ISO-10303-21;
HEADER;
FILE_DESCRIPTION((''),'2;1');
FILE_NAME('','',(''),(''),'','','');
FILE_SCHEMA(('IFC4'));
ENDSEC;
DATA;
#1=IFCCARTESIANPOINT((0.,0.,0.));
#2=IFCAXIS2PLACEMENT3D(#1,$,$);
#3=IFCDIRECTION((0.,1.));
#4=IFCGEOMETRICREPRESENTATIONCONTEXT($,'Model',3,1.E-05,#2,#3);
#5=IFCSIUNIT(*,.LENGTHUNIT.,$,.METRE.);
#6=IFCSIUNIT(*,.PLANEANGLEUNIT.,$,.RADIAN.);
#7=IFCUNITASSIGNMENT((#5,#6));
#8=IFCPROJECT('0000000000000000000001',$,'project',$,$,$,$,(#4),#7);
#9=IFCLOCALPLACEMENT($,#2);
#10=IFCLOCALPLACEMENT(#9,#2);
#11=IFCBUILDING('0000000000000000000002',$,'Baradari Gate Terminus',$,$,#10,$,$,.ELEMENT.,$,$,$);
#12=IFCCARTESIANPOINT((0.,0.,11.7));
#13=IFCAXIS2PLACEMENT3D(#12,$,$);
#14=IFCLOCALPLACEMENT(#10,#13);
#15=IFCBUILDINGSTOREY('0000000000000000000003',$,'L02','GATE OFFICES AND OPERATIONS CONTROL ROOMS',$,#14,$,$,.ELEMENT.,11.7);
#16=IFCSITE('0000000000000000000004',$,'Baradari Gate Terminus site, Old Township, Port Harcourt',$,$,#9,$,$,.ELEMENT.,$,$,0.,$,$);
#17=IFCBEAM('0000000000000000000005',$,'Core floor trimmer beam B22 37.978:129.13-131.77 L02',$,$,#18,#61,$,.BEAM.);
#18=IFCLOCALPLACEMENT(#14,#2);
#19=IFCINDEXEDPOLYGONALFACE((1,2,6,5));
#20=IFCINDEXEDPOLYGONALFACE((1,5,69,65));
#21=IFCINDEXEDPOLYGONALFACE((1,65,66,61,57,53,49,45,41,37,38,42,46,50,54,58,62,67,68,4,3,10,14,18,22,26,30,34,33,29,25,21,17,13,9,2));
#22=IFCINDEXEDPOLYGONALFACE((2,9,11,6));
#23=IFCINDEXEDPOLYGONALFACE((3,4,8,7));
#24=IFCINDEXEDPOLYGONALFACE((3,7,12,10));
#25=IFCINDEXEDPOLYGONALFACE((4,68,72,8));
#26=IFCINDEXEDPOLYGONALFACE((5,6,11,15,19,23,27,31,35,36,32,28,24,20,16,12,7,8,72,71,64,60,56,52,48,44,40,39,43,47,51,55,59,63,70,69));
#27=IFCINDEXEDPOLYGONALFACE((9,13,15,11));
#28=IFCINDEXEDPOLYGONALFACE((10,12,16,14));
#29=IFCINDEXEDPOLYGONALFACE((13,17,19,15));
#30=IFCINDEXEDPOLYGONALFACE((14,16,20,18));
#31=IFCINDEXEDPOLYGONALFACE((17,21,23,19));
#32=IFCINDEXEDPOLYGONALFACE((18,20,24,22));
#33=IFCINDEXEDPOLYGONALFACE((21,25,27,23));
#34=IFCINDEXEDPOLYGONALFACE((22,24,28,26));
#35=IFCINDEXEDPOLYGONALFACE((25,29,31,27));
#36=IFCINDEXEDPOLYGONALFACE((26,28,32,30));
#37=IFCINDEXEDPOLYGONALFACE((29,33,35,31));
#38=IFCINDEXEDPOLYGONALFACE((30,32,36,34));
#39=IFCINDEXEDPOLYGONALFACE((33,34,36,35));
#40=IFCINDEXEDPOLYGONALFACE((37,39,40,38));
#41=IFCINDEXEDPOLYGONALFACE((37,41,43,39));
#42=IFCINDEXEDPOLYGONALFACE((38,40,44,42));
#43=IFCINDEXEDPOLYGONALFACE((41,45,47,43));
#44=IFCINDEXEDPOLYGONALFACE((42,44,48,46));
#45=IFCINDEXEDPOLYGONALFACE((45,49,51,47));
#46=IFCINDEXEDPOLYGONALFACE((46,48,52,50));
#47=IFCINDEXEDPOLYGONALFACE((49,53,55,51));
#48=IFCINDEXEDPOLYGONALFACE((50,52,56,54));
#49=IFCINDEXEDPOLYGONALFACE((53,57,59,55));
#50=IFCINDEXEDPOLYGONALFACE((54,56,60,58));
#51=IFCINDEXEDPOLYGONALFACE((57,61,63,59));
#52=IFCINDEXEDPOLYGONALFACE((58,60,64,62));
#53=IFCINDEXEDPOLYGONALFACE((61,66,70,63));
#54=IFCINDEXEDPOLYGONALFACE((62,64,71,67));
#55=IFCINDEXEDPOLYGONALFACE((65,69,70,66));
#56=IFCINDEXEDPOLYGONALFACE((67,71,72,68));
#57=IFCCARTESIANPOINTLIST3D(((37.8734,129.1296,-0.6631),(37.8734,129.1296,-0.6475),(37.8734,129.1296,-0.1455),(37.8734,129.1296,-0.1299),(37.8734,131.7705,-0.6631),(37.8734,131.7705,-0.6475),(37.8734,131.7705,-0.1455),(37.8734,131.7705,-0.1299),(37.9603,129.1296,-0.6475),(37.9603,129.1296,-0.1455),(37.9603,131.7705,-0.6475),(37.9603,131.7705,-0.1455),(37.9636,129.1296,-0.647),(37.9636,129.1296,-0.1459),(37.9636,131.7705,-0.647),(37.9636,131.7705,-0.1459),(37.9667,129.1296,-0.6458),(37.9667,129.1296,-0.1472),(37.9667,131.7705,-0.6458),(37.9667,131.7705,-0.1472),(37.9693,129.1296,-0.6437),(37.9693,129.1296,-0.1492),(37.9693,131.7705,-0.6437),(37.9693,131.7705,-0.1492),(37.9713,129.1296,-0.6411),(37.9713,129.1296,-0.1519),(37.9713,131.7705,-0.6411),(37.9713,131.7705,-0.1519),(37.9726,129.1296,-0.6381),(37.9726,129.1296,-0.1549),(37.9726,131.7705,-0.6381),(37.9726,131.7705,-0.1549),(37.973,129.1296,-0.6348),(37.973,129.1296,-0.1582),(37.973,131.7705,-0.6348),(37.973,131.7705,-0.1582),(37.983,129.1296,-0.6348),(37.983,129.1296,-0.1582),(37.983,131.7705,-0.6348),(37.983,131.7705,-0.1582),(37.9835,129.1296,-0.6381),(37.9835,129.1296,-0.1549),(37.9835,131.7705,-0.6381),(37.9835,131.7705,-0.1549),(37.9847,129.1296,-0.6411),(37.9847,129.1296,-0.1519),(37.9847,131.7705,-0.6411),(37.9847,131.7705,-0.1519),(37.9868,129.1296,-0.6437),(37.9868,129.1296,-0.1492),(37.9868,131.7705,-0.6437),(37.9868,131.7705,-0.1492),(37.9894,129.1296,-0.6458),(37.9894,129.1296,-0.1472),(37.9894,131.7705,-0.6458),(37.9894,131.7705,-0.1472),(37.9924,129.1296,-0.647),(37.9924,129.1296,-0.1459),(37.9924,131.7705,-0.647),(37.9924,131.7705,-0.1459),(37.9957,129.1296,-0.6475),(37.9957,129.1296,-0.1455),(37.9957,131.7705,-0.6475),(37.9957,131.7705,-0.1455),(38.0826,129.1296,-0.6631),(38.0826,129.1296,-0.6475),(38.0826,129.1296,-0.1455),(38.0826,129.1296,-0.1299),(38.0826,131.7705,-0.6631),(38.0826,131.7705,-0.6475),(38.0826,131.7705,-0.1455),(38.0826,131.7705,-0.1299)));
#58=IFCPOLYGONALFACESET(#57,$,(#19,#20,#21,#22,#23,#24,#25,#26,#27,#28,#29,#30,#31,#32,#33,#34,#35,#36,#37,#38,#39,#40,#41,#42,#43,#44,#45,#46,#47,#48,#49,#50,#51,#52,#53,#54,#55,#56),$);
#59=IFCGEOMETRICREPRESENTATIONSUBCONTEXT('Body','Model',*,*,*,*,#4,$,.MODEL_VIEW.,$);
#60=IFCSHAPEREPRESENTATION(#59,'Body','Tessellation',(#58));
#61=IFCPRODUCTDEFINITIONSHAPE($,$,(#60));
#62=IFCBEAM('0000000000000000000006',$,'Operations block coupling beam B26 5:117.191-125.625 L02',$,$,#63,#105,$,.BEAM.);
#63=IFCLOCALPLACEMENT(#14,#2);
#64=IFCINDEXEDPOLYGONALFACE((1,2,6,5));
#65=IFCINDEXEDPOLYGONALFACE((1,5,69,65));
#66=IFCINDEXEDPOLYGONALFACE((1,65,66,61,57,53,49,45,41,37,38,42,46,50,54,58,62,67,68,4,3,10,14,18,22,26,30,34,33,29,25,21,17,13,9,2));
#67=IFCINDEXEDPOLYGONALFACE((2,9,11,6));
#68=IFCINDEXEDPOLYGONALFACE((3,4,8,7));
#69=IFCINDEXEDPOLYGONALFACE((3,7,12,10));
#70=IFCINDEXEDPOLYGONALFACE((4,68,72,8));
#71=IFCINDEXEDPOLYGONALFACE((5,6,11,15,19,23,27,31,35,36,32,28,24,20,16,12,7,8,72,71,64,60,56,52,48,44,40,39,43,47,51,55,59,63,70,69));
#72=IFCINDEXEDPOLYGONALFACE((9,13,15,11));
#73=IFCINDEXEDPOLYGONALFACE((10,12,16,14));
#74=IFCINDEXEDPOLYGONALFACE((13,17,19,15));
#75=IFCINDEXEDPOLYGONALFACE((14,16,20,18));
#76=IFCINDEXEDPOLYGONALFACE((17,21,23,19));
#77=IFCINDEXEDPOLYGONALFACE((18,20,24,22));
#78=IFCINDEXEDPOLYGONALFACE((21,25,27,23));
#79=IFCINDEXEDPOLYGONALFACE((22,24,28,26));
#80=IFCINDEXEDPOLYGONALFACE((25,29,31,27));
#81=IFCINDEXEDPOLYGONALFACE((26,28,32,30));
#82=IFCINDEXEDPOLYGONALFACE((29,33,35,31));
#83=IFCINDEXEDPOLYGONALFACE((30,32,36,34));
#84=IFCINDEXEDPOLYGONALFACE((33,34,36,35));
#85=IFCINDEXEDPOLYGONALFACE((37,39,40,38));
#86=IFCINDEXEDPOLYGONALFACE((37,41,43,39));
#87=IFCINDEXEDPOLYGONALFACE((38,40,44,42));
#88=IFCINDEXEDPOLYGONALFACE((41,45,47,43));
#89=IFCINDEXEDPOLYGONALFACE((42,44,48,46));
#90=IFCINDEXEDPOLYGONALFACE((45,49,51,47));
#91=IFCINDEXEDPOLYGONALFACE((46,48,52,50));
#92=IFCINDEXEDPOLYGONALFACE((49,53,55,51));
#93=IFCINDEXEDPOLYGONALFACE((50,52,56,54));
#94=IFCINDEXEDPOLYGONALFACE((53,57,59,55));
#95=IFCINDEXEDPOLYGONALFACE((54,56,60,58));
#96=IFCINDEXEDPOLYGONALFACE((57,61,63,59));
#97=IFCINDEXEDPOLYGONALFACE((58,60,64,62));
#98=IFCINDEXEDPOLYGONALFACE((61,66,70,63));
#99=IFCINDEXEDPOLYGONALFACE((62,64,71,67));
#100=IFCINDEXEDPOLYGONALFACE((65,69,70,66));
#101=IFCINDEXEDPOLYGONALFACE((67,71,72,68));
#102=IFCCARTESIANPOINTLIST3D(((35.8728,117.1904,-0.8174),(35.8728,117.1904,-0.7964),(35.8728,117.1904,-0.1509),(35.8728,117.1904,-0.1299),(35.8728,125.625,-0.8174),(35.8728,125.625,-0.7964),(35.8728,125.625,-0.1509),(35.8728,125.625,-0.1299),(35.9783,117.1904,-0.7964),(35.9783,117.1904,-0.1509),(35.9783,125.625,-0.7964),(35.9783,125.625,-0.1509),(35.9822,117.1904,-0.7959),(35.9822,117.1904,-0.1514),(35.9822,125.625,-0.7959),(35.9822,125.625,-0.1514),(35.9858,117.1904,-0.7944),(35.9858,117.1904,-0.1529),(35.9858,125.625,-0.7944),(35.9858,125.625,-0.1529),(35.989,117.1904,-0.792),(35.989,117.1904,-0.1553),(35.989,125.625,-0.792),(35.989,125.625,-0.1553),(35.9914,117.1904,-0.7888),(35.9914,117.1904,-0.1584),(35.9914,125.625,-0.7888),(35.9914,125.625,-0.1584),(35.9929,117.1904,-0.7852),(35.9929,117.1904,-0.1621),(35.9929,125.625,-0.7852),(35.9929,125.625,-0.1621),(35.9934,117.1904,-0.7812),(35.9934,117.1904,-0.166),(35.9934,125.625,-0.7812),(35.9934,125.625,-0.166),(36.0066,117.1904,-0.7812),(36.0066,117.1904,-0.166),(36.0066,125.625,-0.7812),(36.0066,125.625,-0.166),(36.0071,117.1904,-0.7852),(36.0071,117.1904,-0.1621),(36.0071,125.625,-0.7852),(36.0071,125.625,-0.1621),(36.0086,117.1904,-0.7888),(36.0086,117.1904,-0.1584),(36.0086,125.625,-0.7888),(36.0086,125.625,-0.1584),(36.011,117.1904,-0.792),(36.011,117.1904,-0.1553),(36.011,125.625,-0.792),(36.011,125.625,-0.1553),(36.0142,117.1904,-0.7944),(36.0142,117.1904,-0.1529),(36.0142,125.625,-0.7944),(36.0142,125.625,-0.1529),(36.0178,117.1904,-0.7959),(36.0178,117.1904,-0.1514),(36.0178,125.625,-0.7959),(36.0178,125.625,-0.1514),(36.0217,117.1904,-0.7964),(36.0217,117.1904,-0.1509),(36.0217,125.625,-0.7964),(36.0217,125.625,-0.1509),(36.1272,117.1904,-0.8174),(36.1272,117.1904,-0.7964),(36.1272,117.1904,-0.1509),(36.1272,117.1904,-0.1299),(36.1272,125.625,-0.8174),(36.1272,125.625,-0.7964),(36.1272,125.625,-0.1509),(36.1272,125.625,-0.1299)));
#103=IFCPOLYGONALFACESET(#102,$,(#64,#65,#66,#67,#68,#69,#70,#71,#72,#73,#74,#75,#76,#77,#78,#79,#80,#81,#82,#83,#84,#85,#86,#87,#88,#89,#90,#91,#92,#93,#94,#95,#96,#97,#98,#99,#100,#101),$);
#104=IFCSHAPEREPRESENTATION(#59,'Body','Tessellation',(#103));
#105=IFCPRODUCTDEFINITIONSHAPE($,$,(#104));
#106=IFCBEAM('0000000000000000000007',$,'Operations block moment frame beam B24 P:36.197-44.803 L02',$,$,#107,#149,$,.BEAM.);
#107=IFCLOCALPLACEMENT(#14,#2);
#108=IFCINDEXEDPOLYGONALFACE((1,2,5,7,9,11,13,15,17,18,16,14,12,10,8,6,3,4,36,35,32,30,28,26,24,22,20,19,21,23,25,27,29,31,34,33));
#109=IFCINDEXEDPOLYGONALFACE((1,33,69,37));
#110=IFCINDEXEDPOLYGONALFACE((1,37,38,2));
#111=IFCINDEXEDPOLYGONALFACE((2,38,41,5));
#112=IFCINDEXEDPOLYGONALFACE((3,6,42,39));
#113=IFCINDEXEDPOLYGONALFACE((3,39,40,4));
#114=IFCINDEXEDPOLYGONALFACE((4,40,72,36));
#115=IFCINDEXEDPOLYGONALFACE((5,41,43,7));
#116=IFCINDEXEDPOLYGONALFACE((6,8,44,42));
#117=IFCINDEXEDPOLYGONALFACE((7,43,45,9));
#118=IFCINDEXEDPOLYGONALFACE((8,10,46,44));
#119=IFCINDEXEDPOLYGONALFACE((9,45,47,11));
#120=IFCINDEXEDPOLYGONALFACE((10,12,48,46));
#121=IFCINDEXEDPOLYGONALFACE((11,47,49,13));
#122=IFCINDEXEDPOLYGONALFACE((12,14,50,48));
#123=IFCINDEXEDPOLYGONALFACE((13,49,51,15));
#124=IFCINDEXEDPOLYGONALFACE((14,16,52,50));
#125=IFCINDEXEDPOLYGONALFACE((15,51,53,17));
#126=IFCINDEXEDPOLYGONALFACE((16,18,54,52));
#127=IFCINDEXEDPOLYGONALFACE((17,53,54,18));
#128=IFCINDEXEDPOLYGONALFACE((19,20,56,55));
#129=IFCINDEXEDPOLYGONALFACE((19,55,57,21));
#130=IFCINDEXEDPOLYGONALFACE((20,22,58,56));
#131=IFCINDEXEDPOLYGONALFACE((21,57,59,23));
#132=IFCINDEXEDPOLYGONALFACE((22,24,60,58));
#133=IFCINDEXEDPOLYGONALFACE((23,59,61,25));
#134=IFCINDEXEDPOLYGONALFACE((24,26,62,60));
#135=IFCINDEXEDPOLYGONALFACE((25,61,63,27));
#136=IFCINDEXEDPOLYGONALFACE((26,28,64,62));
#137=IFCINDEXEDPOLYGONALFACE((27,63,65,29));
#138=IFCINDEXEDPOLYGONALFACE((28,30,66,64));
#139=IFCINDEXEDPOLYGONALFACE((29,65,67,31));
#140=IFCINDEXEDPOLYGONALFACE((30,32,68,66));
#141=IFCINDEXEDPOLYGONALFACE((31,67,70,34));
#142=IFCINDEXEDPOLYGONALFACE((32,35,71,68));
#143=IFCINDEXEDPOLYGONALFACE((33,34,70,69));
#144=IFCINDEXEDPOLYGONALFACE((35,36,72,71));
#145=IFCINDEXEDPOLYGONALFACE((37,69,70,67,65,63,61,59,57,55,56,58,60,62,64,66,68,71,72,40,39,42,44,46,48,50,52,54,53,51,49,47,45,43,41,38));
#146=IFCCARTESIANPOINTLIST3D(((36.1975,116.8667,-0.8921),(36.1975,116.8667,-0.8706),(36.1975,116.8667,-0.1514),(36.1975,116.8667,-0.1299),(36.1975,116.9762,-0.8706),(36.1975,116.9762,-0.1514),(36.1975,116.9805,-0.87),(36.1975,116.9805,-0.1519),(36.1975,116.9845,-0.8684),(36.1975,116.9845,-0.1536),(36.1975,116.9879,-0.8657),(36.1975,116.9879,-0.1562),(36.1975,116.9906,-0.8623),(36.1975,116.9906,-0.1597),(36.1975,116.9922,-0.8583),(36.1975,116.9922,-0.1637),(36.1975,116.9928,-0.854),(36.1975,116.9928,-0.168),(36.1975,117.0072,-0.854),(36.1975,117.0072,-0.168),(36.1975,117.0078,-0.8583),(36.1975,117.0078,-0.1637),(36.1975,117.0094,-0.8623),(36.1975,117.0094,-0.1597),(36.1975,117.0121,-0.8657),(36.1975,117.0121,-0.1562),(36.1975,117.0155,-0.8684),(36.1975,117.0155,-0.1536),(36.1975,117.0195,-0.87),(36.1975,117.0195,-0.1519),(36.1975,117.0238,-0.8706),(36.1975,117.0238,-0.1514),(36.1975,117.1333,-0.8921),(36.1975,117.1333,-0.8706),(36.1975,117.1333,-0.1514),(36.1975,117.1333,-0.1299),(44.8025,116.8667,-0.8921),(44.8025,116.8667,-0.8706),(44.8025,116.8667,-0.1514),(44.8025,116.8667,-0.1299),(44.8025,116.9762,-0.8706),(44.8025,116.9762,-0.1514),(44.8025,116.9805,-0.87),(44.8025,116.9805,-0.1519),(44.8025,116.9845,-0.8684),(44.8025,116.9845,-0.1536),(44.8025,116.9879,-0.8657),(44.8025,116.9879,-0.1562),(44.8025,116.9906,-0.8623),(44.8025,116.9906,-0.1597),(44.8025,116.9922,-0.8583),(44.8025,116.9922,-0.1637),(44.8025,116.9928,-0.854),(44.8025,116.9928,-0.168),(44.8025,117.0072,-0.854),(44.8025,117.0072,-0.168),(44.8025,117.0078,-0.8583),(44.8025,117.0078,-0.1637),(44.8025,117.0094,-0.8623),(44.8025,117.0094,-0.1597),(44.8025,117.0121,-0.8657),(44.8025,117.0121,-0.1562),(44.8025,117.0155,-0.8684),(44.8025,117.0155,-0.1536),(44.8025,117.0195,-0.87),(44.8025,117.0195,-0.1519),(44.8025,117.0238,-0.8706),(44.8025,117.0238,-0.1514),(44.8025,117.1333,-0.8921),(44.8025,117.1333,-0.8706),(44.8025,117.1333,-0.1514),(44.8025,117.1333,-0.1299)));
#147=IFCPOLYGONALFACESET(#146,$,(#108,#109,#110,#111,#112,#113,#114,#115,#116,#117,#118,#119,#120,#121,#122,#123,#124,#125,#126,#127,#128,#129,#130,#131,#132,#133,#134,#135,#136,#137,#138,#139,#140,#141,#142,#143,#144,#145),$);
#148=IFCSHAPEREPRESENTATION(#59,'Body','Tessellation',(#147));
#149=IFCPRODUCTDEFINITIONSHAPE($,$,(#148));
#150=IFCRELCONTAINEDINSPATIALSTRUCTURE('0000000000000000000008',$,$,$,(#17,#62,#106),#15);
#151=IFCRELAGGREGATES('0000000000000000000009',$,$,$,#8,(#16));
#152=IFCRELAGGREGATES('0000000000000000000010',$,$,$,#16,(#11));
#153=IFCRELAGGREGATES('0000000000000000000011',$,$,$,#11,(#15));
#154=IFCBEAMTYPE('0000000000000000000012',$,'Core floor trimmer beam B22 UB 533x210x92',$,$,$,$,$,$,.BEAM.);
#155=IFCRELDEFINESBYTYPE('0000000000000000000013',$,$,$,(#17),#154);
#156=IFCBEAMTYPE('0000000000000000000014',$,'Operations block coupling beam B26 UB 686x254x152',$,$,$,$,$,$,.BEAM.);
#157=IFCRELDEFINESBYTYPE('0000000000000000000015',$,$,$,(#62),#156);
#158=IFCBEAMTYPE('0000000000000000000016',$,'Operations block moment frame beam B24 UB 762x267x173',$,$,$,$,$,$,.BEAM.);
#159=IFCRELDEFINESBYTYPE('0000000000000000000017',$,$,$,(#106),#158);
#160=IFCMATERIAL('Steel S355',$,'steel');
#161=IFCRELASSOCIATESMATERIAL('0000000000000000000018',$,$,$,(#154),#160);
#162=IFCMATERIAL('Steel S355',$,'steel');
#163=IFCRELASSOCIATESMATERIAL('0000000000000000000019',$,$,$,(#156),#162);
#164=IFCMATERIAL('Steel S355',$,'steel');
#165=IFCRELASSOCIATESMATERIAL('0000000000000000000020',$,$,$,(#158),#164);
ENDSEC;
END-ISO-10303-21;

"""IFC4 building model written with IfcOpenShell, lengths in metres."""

from ifc_helpers import new_model, si_unit, direction, frame, origin, origin_2d, place, context, subcontext, project, spatial, i_section, extrude, material, material_profile, profile_set, type_object, element, save


model = new_model("IFC4")

# Units and contexts
model_context = context("Model", 3, precision=1e-05, world=origin(), true_north=direction((0.0, 1.0)))
body_context = subcontext(model_context, "Body", "Model", "MODEL_VIEW")
ifc_project = project(units=[si_unit("LENGTHUNIT", "METRE"), si_unit("PLANEANGLEUNIT", "RADIAN")], contexts=[model_context])

# Site, building, storey
site_placement = place(None, origin())
site = spatial("IfcSite", under=ifc_project, at=site_placement, Name="Baradari Gate Terminus site, Old Township, Port Harcourt", CompositionType="ELEMENT", RefElevation=0.0)
building_placement = place(site_placement, origin())
building = spatial("IfcBuilding", under=site, at=building_placement, Name="Baradari Gate Terminus", CompositionType="ELEMENT")
storey_placement = place(building_placement, frame((0.0, 0.0, 11.7)))
storey = spatial("IfcBuildingStorey", under=building, at=storey_placement, Name="L02", Description="GATE OFFICES AND OPERATIONS CONTROL ROOMS", CompositionType="ELEMENT", Elevation=11.7)

# Beams
ifc_material_1 = material(Name="Steel S355", Category="steel")
ifc_material_profile_1 = material_profile(ifc_material_1, i_section(OverallWidth=0.2092, OverallDepth=0.5332, WebThickness=0.01, FlangeThickness=0.0156, FilletRadius=0.0127, at=origin_2d()), Name="UB 533x210x92")
ifc_profile_set_1 = profile_set([ifc_material_profile_1], Name="Steel S355")
beam_type_1 = type_object("IfcBeamType", Name="Core floor trimmer beam B22 UB 533x210x92", PredefinedType="BEAM", material=ifc_profile_set_1)
for number, where, z_axis, x_axis, name in (
    (1, (37.978, 129.1296, -0.3965), (0.0, 1.0, 0.0), (-1.0, 0.0, 0.0), "Core floor trimmer beam B22 37.978:129.13-131.77 L02"),
):
    element("IfcBeam", number, at=place(storey_placement, frame(where, z_axis=z_axis, x_axis=x_axis)), inside=storey, type_object=beam_type_1, Name=name, PredefinedType="BEAM", context=body_context, shape_type="SweptSolid", body=[
        extrude(i_section(OverallWidth=0.2092, OverallDepth=0.5332, WebThickness=0.01, FlangeThickness=0.0156, FilletRadius=0.0127, at=origin_2d()), origin(), (0.0, 0.0, 1.0), 2.6409),
    ])
ifc_material_2 = material(Name="Steel S355", Category="steel")
ifc_material_profile_2 = material_profile(ifc_material_2, i_section(OverallWidth=0.2544, OverallDepth=0.6875, WebThickness=0.0132, FlangeThickness=0.021, FilletRadius=0.0151, at=origin_2d()), Name="UB 686x254x152")
ifc_profile_set_2 = profile_set([ifc_material_profile_2], Name="Steel S355")
beam_type_2 = type_object("IfcBeamType", Name="Operations block coupling beam B26 UB 686x254x152", PredefinedType="BEAM", material=ifc_profile_set_2)
beam_1_placement = place(storey_placement, frame((36.0, 117.1904, -0.4736), z_axis=(0.0, 1.0, 0.0), x_axis=(-1.0, 0.0, 0.0)))
element("IfcBeam", 2, at=beam_1_placement, inside=storey, type_object=beam_type_2, Name="Operations block coupling beam B26 5:117.191-125.625 L02", PredefinedType="BEAM", context=body_context, shape_type="SweptSolid", body=[
    extrude(i_section(OverallWidth=0.2544, OverallDepth=0.6875, WebThickness=0.0132, FlangeThickness=0.021, FilletRadius=0.0151, at=origin_2d()), origin(), (0.0, 0.0, 1.0), 8.4346),
])
ifc_material_3 = material(Name="Steel S355", Category="steel")
ifc_material_profile_3 = material_profile(ifc_material_3, i_section(OverallWidth=0.2666, OverallDepth=0.7622, WebThickness=0.0144, FlangeThickness=0.0215, FilletRadius=0.0166, at=origin_2d()), Name="UB 762x267x173")
ifc_profile_set_3 = profile_set([ifc_material_profile_3], Name="Steel S355")
beam_type_3 = type_object("IfcBeamType", Name="Operations block moment frame beam B24 UB 762x267x173", PredefinedType="BEAM", material=ifc_profile_set_3)
beam_2_placement = place(storey_placement, frame((36.1975, 117.0, -0.511), z_axis=(1.0, 0.0, 0.0), x_axis=(0.0, 1.0, 0.0)))
element("IfcBeam", 3, at=beam_2_placement, inside=storey, type_object=beam_type_3, Name="Operations block moment frame beam B24 P:36.197-44.803 L02", PredefinedType="BEAM", context=body_context, shape_type="SweptSolid", body=[
    extrude(i_section(OverallWidth=0.2666, OverallDepth=0.7622, WebThickness=0.0144, FlangeThickness=0.0215, FilletRadius=0.0166, at=origin_2d()), origin(), (0.0, 0.0, 1.0), 8.605),
])

save(model, "model.ifc")
